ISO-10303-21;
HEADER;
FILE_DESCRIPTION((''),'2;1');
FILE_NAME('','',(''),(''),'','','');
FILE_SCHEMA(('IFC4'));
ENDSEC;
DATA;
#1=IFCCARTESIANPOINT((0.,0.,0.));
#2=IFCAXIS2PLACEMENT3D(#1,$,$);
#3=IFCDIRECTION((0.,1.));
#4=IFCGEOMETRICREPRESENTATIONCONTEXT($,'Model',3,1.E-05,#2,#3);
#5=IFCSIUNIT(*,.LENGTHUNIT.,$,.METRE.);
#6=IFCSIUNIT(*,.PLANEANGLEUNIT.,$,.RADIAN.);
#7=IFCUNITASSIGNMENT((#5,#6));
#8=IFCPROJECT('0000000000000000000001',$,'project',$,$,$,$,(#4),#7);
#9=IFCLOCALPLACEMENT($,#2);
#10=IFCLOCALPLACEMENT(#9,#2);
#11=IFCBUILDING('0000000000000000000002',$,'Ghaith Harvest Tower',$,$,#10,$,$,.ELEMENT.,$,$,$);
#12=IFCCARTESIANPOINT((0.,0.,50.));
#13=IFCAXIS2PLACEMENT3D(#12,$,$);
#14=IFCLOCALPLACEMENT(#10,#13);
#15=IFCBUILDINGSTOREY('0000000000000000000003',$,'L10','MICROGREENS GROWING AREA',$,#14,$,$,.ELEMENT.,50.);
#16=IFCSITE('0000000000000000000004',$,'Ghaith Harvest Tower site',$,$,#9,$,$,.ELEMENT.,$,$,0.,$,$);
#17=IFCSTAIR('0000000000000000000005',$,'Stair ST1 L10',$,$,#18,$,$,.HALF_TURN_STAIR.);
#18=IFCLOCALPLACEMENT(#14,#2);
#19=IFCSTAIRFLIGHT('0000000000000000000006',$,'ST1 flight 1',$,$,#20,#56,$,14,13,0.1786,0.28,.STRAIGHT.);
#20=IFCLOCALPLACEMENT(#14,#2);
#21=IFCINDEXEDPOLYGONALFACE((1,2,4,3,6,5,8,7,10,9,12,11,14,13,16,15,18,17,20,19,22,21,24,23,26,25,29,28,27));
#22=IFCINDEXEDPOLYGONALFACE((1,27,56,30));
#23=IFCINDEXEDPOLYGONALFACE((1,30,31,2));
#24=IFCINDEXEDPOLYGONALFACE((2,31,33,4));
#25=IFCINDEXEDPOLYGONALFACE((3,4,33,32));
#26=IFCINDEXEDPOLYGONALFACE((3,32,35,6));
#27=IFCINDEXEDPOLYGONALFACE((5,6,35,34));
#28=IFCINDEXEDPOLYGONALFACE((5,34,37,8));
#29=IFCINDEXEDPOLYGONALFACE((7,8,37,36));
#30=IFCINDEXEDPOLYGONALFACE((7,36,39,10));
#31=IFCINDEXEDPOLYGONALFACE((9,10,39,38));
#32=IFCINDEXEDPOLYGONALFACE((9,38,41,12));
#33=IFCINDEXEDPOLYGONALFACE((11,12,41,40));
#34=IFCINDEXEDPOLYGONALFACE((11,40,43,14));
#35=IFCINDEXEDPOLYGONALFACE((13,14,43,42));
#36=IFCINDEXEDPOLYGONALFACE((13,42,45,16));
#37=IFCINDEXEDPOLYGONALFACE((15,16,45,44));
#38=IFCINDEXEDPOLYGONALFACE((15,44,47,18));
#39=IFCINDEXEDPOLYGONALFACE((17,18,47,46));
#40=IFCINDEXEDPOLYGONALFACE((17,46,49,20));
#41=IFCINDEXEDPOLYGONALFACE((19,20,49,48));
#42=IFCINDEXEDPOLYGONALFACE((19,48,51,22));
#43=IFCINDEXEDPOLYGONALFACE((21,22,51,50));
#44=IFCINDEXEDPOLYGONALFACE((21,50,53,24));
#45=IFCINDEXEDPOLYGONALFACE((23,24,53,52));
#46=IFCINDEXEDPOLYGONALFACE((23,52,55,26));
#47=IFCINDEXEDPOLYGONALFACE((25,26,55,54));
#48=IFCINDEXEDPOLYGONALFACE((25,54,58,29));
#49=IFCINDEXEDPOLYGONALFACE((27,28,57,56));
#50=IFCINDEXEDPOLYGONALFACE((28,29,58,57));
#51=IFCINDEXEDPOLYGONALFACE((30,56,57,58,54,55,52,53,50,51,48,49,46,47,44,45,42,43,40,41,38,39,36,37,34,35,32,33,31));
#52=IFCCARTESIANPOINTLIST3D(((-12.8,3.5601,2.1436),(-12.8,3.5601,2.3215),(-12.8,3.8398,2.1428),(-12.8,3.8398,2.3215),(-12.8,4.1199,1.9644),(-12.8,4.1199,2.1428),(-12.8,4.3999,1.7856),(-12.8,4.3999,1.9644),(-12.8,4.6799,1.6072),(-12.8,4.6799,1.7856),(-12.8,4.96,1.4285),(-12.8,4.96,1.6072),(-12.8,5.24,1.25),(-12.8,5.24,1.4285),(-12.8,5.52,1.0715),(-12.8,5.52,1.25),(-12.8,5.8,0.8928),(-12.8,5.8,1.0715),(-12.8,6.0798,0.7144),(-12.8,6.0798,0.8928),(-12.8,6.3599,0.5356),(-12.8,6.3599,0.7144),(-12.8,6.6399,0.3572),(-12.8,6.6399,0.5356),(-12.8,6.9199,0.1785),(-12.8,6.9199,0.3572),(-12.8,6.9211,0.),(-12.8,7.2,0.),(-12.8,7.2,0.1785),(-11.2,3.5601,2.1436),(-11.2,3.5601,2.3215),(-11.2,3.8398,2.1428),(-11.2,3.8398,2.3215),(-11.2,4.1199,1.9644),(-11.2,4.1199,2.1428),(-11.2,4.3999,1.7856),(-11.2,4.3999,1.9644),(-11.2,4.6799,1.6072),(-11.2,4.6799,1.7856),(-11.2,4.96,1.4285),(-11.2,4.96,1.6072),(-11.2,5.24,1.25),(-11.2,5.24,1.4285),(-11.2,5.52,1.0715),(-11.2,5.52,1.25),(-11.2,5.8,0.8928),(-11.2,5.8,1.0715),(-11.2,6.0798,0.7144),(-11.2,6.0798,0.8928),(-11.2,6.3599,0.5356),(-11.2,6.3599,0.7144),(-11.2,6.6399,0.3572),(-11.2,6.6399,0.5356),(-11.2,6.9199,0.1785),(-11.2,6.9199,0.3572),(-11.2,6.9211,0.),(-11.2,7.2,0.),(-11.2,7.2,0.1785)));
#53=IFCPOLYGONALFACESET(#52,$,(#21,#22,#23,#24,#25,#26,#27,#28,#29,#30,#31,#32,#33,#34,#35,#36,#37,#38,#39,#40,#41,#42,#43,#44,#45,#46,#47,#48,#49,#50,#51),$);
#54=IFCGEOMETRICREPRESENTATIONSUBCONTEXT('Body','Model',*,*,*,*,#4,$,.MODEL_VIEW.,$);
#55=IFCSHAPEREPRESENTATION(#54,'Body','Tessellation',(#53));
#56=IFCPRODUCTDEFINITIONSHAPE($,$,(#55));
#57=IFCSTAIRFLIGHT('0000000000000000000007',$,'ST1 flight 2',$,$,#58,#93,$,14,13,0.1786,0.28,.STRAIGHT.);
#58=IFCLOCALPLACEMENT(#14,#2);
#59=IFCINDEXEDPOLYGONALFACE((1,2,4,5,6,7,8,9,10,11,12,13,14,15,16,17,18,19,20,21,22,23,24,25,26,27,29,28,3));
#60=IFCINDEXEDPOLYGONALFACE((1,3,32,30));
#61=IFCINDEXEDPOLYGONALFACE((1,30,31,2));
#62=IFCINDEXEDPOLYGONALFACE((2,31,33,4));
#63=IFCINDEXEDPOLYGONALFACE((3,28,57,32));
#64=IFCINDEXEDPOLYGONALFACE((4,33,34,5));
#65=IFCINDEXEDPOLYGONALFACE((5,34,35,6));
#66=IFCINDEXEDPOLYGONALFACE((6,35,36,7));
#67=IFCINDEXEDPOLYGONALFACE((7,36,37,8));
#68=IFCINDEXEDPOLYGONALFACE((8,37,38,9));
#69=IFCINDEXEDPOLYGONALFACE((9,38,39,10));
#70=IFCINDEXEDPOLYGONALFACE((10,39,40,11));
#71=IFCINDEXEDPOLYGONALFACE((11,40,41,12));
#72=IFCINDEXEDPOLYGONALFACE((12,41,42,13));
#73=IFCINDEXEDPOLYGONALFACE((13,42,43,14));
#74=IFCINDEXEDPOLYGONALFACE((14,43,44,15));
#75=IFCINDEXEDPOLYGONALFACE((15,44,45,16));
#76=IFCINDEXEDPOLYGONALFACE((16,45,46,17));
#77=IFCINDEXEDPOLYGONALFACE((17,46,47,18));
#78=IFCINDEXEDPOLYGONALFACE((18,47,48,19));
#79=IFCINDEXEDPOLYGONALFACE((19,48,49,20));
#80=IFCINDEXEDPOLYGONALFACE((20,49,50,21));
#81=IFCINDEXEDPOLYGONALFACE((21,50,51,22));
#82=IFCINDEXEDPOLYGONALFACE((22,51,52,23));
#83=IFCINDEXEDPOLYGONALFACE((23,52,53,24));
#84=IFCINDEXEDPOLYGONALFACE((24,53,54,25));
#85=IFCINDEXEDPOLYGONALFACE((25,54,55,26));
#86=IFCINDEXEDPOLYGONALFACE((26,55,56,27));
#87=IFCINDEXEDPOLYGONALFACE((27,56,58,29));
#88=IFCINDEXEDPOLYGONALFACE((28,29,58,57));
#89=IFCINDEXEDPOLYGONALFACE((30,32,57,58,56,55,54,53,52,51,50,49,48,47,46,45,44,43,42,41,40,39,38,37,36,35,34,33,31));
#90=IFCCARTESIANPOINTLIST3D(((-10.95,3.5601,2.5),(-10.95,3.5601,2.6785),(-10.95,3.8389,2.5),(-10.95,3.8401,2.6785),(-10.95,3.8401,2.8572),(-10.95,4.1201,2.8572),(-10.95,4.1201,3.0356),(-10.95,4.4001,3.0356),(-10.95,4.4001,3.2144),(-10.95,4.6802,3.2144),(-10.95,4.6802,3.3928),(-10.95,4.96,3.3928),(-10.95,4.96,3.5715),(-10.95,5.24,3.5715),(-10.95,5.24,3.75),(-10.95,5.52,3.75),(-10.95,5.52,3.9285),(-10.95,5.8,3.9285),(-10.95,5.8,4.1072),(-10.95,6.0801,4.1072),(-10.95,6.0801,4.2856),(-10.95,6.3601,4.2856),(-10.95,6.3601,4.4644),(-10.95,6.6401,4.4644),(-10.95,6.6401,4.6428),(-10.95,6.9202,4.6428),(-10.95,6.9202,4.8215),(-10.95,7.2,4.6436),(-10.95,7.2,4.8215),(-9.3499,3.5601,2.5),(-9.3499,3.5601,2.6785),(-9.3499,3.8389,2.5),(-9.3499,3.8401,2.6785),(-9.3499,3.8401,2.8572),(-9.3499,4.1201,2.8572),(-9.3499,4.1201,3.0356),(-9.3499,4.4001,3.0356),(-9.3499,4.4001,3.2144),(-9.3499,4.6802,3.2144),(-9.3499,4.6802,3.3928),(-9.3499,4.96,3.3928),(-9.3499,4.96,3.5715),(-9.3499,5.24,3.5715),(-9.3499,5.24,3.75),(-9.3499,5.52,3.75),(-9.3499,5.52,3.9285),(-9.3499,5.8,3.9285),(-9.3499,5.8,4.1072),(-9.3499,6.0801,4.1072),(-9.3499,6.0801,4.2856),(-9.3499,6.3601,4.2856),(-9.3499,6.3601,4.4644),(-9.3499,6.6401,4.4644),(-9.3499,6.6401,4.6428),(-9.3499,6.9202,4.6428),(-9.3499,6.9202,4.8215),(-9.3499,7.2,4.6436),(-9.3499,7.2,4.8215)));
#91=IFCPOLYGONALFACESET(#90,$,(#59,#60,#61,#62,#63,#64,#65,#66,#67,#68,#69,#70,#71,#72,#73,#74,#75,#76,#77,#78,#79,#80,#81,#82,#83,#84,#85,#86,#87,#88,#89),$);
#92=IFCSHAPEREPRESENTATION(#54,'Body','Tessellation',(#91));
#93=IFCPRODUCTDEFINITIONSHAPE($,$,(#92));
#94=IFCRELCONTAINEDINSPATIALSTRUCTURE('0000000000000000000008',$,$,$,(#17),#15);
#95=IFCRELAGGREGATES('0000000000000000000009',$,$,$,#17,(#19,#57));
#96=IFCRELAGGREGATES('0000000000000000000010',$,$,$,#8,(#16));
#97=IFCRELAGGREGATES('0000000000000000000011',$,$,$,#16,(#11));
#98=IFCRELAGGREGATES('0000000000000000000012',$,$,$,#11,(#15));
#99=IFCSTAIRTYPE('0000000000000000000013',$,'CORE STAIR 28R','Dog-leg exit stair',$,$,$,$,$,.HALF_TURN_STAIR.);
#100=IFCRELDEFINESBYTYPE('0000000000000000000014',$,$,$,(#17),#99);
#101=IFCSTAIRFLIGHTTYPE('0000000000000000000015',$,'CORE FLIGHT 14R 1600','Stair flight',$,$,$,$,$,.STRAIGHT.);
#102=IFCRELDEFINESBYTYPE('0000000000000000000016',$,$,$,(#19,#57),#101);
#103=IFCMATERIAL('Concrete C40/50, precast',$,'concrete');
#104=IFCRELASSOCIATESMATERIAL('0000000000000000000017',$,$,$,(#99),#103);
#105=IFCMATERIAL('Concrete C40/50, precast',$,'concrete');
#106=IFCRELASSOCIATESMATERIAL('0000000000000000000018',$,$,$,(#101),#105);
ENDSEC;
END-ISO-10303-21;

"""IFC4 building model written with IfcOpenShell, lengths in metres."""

from ifc_helpers import new_model, si_unit, direction, frame, origin, place, context, subcontext, project, spatial, polyline, outline, extrude, material, type_object, element, aggregate, save


model = new_model("IFC4")

# Units and contexts
model_context = context("Model", 3, precision=1e-05, world=origin(), true_north=direction((0.0, 1.0)))
body_context = subcontext(model_context, "Body", "Model", "MODEL_VIEW")
ifc_project = project(units=[si_unit("LENGTHUNIT", "METRE"), si_unit("PLANEANGLEUNIT", "RADIAN")], contexts=[model_context])

# Site, building, storey
site_placement = place(None, origin())
site = spatial("IfcSite", under=ifc_project, at=site_placement, Name="Ghaith Harvest Tower site", CompositionType="ELEMENT", RefElevation=0.0)
building_placement = place(site_placement, origin())
building = spatial("IfcBuilding", under=site, at=building_placement, Name="Ghaith Harvest Tower", CompositionType="ELEMENT")
storey_placement = place(building_placement, frame((0.0, 0.0, 50.0)))
storey = spatial("IfcBuildingStorey", under=building, at=storey_placement, Name="L10", Description="MICROGREENS GROWING AREA", CompositionType="ELEMENT", Elevation=50.0)

# Stair, stair flights
ifc_material_1 = material(Name="Concrete C40/50, precast", Category="concrete")
stair_type = type_object("IfcStairType", Name="CORE STAIR 28R", Description="Dog-leg exit stair", PredefinedType="HALF_TURN_STAIR", material=ifc_material_1)
stair_placement = place(storey_placement, origin())
stair = element("IfcStair", 1, at=stair_placement, inside=storey, type_object=stair_type, Name="Stair ST1 L10", PredefinedType="HALF_TURN_STAIR")
ifc_material_2 = material(Name="Concrete C40/50, precast", Category="concrete")
stair_flight_type = type_object("IfcStairFlightType", Name="CORE FLIGHT 14R 1600", Description="Stair flight", PredefinedType="STRAIGHT", material=ifc_material_2)
stair_flight_1_placement = place(storey_placement, frame((-12.0, 7.2, 0.0), z_axis=(0.0, 0.0, 1.0), x_axis=(0.0, -1.0, 0.0)))
stair_flight_1 = element("IfcStairFlight", 2, at=stair_flight_1_placement, type_object=stair_flight_type, Name="ST1 flight 1", NumberOfRisers=14, NumberOfTreads=13, PredefinedType="STRAIGHT", RiserHeight=0.1786, TreadLength=0.28, context=body_context, shape_type="SweptSolid", body=[
    extrude(outline(polyline([(0.0, 0.0), (0.0, 0.1785), (0.28, 0.1785), (0.28, 0.3572), (0.5601, 0.3572), (0.5601, 0.5356), (0.8401, 0.5356), (0.8401, 0.7144), (1.1201, 0.7144), (1.1201, 0.8928), (1.3999, 0.8928), (1.3999, 1.0715), (1.6799, 1.0715), (1.6799, 1.25), (1.96, 1.25), (1.96, 1.4285), (2.24, 1.4285), (2.24, 1.6072), (2.52, 1.6072), (2.52, 1.7856), (2.8, 1.7856), (2.8, 1.9644), (3.0801, 1.9644), (3.0801, 2.1428), (3.3601, 2.1428), (3.3601, 2.3215), (3.6399, 2.3215), (3.6399, 2.5), (3.6399, 2.1436), (0.2788, 0.0), (0.0, 0.0)])), frame((0.0, 0.8, 0.0), z_axis=(0.0, -1.0, 0.0), x_axis=(1.0, 0.0, 0.0)), (0.0, 0.0, 1.0), 1.6001),
])
stair_flight_2_placement = place(storey_placement, frame((-10.1499, 3.5601, 2.5), z_axis=(0.0, 0.0, 1.0), x_axis=(0.0, 1.0, 0.0)))
stair_flight_2 = element("IfcStairFlight", 3, at=stair_flight_2_placement, type_object=stair_flight_type, Name="ST1 flight 2", NumberOfRisers=14, NumberOfTreads=13, PredefinedType="STRAIGHT", RiserHeight=0.1786, TreadLength=0.28, context=body_context, shape_type="SweptSolid", body=[
    extrude(outline(polyline([(0.0, 0.0), (0.0, 0.1785), (0.28, 0.1785), (0.28, 0.3572), (0.5601, 0.3572), (0.5601, 0.5356), (0.8401, 0.5356), (0.8401, 0.7144), (1.1201, 0.7144), (1.1201, 0.8928), (1.3999, 0.8928), (1.3999, 1.0715), (1.6799, 1.0715), (1.6799, 1.25), (1.96, 1.25), (1.96, 1.4285), (2.24, 1.4285), (2.24, 1.6072), (2.52, 1.6072), (2.52, 1.7856), (2.8, 1.7856), (2.8, 1.9644), (3.0801, 1.9644), (3.0801, 2.1428), (3.3601, 2.1428), (3.3601, 2.3215), (3.6399, 2.3215), (3.6399, 2.5), (3.6399, 2.1436), (0.2788, 0.0), (0.0, 0.0)])), frame((0.0, 0.8, 0.0), z_axis=(0.0, -1.0, 0.0), x_axis=(1.0, 0.0, 0.0)), (0.0, 0.0, 1.0), 1.6001),
])
aggregate(stair, [stair_flight_1, stair_flight_2])

save(model, "model.ifc")
